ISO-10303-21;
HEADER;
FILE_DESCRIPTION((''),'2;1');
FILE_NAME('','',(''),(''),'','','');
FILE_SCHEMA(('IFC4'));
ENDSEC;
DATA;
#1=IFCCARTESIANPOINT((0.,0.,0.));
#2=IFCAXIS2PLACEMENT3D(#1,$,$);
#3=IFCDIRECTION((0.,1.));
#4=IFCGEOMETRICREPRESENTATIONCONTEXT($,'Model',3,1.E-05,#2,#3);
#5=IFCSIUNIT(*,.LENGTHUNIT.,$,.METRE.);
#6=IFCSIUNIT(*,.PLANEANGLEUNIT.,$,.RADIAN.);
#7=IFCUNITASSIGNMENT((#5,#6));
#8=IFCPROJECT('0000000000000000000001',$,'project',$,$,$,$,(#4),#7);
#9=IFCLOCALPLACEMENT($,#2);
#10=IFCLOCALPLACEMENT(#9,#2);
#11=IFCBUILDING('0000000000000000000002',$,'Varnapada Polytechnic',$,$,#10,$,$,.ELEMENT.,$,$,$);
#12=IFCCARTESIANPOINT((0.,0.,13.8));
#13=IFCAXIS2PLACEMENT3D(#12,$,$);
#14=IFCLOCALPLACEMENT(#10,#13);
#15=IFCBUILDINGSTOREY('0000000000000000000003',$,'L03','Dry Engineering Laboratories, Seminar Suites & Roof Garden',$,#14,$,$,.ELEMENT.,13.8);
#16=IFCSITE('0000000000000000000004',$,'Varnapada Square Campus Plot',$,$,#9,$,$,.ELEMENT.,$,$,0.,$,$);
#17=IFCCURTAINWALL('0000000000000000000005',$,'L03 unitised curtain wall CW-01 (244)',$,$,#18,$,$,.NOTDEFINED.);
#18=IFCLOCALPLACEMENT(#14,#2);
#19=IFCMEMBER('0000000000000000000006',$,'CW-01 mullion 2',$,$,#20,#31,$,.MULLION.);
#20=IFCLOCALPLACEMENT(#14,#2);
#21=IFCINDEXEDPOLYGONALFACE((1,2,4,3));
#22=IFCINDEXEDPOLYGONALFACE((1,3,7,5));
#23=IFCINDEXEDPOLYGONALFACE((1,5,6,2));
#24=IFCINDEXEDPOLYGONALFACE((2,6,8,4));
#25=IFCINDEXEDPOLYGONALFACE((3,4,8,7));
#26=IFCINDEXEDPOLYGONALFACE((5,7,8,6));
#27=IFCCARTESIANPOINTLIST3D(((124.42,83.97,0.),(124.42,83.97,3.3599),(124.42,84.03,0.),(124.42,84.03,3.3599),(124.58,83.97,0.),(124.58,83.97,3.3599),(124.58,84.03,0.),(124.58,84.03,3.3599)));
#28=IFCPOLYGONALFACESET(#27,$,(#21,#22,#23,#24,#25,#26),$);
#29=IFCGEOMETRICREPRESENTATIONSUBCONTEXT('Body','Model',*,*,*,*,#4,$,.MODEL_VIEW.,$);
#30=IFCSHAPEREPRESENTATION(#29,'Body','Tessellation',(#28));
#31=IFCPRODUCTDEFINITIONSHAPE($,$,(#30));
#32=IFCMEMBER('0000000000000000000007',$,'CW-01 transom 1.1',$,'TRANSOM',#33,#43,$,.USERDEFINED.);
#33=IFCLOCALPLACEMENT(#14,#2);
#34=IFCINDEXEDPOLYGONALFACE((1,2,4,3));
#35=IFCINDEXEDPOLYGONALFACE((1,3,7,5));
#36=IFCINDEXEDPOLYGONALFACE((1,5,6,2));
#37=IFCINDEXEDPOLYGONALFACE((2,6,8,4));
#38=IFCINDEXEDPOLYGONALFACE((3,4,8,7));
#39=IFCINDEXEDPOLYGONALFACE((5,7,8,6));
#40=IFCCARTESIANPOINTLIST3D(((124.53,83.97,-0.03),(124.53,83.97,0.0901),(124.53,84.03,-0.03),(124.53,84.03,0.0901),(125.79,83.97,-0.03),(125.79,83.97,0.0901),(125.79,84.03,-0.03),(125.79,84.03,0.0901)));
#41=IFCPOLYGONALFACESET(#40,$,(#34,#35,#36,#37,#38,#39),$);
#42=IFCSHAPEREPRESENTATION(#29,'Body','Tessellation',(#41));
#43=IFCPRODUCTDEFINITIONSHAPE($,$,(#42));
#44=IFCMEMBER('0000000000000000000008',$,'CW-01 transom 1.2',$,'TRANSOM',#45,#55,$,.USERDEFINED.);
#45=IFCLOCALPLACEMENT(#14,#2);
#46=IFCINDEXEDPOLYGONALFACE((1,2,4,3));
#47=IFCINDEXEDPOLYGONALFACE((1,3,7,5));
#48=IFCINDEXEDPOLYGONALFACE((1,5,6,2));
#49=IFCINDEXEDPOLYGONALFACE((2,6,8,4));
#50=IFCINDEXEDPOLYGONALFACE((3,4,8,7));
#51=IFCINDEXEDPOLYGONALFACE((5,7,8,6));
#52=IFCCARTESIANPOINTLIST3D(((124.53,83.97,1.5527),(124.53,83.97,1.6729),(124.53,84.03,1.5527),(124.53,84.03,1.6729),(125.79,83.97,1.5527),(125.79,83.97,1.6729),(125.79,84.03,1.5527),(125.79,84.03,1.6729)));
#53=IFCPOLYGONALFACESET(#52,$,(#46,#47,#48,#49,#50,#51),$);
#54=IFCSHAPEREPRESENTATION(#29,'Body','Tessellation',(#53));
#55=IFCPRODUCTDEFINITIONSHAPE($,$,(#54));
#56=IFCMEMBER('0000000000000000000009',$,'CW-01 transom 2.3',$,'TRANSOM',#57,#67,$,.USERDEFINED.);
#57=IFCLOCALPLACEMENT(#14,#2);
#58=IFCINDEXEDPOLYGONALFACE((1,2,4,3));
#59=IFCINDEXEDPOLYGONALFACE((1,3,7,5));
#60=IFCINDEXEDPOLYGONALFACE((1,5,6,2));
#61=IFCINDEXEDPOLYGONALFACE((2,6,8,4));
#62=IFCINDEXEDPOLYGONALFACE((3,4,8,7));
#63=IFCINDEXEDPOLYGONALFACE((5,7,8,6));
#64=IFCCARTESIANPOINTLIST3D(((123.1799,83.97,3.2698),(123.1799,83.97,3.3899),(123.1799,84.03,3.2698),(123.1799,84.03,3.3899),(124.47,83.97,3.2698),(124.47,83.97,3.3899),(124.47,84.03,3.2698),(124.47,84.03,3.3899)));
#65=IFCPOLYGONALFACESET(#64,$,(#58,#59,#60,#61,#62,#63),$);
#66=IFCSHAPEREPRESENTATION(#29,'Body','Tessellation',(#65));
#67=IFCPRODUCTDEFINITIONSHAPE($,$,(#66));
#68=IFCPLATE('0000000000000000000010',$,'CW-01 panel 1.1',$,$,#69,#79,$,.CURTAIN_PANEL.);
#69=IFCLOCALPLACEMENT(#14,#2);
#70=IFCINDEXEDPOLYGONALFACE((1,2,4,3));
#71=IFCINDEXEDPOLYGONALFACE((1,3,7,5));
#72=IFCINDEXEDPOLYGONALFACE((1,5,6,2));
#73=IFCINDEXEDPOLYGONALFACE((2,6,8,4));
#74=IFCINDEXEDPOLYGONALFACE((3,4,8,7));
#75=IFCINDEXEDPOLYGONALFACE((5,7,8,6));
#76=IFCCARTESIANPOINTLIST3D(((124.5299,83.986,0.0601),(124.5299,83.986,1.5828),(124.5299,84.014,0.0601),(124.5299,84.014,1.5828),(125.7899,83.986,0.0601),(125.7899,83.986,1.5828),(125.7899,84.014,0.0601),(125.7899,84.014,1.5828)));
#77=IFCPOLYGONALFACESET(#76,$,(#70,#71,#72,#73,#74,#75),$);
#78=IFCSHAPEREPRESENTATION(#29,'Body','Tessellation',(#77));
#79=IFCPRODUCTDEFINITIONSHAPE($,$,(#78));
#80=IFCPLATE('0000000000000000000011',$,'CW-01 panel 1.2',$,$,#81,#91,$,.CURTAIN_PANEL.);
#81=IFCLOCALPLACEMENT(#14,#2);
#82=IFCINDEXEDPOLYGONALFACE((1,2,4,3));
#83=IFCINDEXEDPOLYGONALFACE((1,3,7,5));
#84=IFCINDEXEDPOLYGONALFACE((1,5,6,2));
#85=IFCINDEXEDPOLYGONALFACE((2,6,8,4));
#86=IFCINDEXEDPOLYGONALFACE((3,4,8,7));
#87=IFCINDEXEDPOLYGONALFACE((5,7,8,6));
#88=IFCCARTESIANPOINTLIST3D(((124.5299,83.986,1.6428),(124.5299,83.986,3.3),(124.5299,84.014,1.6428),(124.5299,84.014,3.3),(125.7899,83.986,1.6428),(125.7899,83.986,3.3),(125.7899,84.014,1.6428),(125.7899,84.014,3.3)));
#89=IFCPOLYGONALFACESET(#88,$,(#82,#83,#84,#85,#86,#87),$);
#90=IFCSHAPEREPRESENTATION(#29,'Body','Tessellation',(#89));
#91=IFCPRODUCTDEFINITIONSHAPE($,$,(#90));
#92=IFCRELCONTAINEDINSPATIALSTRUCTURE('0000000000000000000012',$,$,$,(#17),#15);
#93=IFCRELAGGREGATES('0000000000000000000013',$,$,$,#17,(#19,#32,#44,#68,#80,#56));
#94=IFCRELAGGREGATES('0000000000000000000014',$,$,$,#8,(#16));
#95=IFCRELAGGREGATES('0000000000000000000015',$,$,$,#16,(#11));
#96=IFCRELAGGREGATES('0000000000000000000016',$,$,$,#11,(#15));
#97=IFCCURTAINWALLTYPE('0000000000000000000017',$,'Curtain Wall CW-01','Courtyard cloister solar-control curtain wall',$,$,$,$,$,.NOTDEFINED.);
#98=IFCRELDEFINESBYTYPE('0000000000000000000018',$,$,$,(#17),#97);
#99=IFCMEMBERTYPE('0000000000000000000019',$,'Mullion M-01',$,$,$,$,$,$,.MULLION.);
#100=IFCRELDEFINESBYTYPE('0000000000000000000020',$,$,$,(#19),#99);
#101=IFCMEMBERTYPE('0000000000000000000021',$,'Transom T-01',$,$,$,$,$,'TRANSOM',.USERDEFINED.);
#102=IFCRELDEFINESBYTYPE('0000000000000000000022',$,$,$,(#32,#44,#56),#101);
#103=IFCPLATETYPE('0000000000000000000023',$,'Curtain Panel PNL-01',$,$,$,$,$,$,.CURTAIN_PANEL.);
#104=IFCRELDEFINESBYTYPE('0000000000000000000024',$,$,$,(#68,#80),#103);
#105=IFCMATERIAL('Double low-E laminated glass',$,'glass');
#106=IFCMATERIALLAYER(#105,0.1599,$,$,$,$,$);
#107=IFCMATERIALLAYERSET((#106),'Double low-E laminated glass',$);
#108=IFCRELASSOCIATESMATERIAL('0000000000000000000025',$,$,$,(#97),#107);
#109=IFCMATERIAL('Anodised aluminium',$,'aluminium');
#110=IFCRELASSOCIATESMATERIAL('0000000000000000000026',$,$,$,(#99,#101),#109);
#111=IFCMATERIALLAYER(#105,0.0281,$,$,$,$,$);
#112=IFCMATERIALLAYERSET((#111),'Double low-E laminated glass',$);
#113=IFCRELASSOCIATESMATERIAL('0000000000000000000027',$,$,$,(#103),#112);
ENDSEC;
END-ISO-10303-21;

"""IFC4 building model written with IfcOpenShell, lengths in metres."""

from ifc_helpers import new_model, si_unit, direction, frame, origin, origin_2d, place, context, subcontext, project, spatial, rectangle, extrude, material, layer, layer_set, material_profile, profile_set, type_object, element, aggregate, save


model = new_model("IFC4")

# Units and contexts
model_context = context("Model", 3, precision=1e-05, world=origin(), true_north=direction((0.0, 1.0)))
body_context = subcontext(model_context, "Body", "Model", "MODEL_VIEW")
ifc_project = project(units=[si_unit("LENGTHUNIT", "METRE"), si_unit("PLANEANGLEUNIT", "RADIAN")], contexts=[model_context])

# Site, building, storey
site_placement = place(None, origin())
site = spatial("IfcSite", under=ifc_project, at=site_placement, Name="Varnapada Square Campus Plot", CompositionType="ELEMENT", RefElevation=0.0)
building_placement = place(site_placement, origin())
building = spatial("IfcBuilding", under=site, at=building_placement, Name="Varnapada Polytechnic", CompositionType="ELEMENT")
storey_placement = place(building_placement, frame((0.0, 0.0, 13.8)))
storey = spatial("IfcBuildingStorey", under=building, at=storey_placement, Name="L03", Description="Dry Engineering Laboratories, Seminar Suites & Roof Garden", CompositionType="ELEMENT", Elevation=13.8)

# Curtain wall, members, plates
ifc_material_1 = material(Name="Double low-E laminated glass", Category="glass")
ifc_layer_1 = layer(ifc_material_1, 0.1599)
ifc_layer_set_1 = layer_set([ifc_layer_1], Name="Double low-E laminated glass")
curtain_wall_type = type_object("IfcCurtainWallType", Name="Curtain Wall CW-01", Description="Courtyard cloister solar-control curtain wall", PredefinedType="NOTDEFINED", material=ifc_layer_set_1)
curtain_wall_placement = place(storey_placement, origin())
curtain_wall = element("IfcCurtainWall", 1, at=curtain_wall_placement, inside=storey, type_object=curtain_wall_type, Name="L03 unitised curtain wall CW-01 (244)", PredefinedType="NOTDEFINED")
ifc_material_2 = material(Name="Anodised aluminium", Category="aluminium")
ifc_material_profile_1 = material_profile(ifc_material_2, rectangle(XDim=0.0601, YDim=0.1599, at=origin_2d()), Name="ALU M60x160")
ifc_profile_set_1 = profile_set([ifc_material_profile_1], Name="Anodised aluminium")
member_type_1 = type_object("IfcMemberType", Name="Mullion M-01", PredefinedType="MULLION", material=ifc_profile_set_1)
member_1_placement = place(storey_placement, frame((124.5, 84.0, 0.0), z_axis=(0.0, 0.0, 1.0), x_axis=(0.0, -1.0, 0.0)))
member_1 = element("IfcMember", 2, at=member_1_placement, type_object=member_type_1, Name="CW-01 mullion 2", PredefinedType="MULLION", context=body_context, shape_type="SweptSolid", body=[
    extrude(rectangle(XDim=0.0601, YDim=0.1599, at=origin_2d()), origin(), (0.0, 0.0, 1.0), 3.3599),
])
ifc_material_profile_2 = material_profile(ifc_material_2, rectangle(XDim=0.0601, YDim=0.1201, at=origin_2d()), Name="ALU T60x120")
ifc_profile_set_2 = profile_set([ifc_material_profile_2], Name="Anodised aluminium")
member_type_2 = type_object("IfcMemberType", Name="Transom T-01", ElementType="TRANSOM", PredefinedType="USERDEFINED", material=ifc_profile_set_2)
member_2_placement = place(storey_placement, frame((125.79, 84.0, 0.03), z_axis=(-1.0, 0.0, 0.0), x_axis=(0.0, -1.0, 0.0)))
member_2 = element("IfcMember", 3, at=member_2_placement, type_object=member_type_2, Name="CW-01 transom 1.1", ObjectType="TRANSOM", PredefinedType="USERDEFINED", context=body_context, shape_type="SweptSolid", body=[
    extrude(rectangle(XDim=0.0601, YDim=0.1201, at=origin_2d()), origin(), (0.0, 0.0, 1.0), 1.26),
])
member_3_placement = place(storey_placement, frame((125.79, 84.0, 1.6128), z_axis=(-1.0, 0.0, 0.0), x_axis=(0.0, -1.0, 0.0)))
member_3 = element("IfcMember", 4, at=member_3_placement, type_object=member_type_2, Name="CW-01 transom 1.2", ObjectType="TRANSOM", PredefinedType="USERDEFINED", context=body_context, shape_type="SweptSolid", body=[
    extrude(rectangle(XDim=0.0601, YDim=0.1201, at=origin_2d()), origin(), (0.0, 0.0, 1.0), 1.26),
])
member_4_placement = place(storey_placement, frame((124.47, 84.0, 3.3298), z_axis=(-1.0, 0.0, 0.0), x_axis=(0.0, -1.0, 0.0)))
member_4 = element("IfcMember", 5, at=member_4_placement, type_object=member_type_2, Name="CW-01 transom 2.3", ObjectType="TRANSOM", PredefinedType="USERDEFINED", context=body_context, shape_type="SweptSolid", body=[
    extrude(rectangle(XDim=0.0601, YDim=0.1201, at=origin_2d()), origin(), (0.0, 0.0, 1.0), 1.29),
])
ifc_layer_2 = layer(ifc_material_1, 0.0281)
ifc_layer_set_2 = layer_set([ifc_layer_2], Name="Double low-E laminated glass")
plate_type = type_object("IfcPlateType", Name="Curtain Panel PNL-01", PredefinedType="CURTAIN_PANEL", material=ifc_layer_set_2)
plate_1_placement = place(storey_placement, frame((125.1599, 84.0, 0.0601), z_axis=(0.0, 0.0, 1.0), x_axis=(-1.0, 0.0, 0.0)))
plate_1 = element("IfcPlate", 6, at=plate_1_placement, type_object=plate_type, Name="CW-01 panel 1.1", PredefinedType="CURTAIN_PANEL", context=body_context, shape_type="SweptSolid", body=[
    extrude(rectangle(XDim=1.26, YDim=0.0281, at=origin_2d()), origin(), (0.0, 0.0, 1.0), 1.5227),
])
plate_2_placement = place(storey_placement, frame((125.1599, 84.0, 1.6428), z_axis=(0.0, 0.0, 1.0), x_axis=(-1.0, 0.0, 0.0)))
plate_2 = element("IfcPlate", 7, at=plate_2_placement, type_object=plate_type, Name="CW-01 panel 1.2", PredefinedType="CURTAIN_PANEL", context=body_context, shape_type="SweptSolid", body=[
    extrude(rectangle(XDim=1.26, YDim=0.0281, at=origin_2d()), origin(), (0.0, 0.0, 1.0), 1.6572),
])
aggregate(curtain_wall, [member_1, member_2, member_3, plate_1, plate_2, member_4])

save(model, "model.ifc")
